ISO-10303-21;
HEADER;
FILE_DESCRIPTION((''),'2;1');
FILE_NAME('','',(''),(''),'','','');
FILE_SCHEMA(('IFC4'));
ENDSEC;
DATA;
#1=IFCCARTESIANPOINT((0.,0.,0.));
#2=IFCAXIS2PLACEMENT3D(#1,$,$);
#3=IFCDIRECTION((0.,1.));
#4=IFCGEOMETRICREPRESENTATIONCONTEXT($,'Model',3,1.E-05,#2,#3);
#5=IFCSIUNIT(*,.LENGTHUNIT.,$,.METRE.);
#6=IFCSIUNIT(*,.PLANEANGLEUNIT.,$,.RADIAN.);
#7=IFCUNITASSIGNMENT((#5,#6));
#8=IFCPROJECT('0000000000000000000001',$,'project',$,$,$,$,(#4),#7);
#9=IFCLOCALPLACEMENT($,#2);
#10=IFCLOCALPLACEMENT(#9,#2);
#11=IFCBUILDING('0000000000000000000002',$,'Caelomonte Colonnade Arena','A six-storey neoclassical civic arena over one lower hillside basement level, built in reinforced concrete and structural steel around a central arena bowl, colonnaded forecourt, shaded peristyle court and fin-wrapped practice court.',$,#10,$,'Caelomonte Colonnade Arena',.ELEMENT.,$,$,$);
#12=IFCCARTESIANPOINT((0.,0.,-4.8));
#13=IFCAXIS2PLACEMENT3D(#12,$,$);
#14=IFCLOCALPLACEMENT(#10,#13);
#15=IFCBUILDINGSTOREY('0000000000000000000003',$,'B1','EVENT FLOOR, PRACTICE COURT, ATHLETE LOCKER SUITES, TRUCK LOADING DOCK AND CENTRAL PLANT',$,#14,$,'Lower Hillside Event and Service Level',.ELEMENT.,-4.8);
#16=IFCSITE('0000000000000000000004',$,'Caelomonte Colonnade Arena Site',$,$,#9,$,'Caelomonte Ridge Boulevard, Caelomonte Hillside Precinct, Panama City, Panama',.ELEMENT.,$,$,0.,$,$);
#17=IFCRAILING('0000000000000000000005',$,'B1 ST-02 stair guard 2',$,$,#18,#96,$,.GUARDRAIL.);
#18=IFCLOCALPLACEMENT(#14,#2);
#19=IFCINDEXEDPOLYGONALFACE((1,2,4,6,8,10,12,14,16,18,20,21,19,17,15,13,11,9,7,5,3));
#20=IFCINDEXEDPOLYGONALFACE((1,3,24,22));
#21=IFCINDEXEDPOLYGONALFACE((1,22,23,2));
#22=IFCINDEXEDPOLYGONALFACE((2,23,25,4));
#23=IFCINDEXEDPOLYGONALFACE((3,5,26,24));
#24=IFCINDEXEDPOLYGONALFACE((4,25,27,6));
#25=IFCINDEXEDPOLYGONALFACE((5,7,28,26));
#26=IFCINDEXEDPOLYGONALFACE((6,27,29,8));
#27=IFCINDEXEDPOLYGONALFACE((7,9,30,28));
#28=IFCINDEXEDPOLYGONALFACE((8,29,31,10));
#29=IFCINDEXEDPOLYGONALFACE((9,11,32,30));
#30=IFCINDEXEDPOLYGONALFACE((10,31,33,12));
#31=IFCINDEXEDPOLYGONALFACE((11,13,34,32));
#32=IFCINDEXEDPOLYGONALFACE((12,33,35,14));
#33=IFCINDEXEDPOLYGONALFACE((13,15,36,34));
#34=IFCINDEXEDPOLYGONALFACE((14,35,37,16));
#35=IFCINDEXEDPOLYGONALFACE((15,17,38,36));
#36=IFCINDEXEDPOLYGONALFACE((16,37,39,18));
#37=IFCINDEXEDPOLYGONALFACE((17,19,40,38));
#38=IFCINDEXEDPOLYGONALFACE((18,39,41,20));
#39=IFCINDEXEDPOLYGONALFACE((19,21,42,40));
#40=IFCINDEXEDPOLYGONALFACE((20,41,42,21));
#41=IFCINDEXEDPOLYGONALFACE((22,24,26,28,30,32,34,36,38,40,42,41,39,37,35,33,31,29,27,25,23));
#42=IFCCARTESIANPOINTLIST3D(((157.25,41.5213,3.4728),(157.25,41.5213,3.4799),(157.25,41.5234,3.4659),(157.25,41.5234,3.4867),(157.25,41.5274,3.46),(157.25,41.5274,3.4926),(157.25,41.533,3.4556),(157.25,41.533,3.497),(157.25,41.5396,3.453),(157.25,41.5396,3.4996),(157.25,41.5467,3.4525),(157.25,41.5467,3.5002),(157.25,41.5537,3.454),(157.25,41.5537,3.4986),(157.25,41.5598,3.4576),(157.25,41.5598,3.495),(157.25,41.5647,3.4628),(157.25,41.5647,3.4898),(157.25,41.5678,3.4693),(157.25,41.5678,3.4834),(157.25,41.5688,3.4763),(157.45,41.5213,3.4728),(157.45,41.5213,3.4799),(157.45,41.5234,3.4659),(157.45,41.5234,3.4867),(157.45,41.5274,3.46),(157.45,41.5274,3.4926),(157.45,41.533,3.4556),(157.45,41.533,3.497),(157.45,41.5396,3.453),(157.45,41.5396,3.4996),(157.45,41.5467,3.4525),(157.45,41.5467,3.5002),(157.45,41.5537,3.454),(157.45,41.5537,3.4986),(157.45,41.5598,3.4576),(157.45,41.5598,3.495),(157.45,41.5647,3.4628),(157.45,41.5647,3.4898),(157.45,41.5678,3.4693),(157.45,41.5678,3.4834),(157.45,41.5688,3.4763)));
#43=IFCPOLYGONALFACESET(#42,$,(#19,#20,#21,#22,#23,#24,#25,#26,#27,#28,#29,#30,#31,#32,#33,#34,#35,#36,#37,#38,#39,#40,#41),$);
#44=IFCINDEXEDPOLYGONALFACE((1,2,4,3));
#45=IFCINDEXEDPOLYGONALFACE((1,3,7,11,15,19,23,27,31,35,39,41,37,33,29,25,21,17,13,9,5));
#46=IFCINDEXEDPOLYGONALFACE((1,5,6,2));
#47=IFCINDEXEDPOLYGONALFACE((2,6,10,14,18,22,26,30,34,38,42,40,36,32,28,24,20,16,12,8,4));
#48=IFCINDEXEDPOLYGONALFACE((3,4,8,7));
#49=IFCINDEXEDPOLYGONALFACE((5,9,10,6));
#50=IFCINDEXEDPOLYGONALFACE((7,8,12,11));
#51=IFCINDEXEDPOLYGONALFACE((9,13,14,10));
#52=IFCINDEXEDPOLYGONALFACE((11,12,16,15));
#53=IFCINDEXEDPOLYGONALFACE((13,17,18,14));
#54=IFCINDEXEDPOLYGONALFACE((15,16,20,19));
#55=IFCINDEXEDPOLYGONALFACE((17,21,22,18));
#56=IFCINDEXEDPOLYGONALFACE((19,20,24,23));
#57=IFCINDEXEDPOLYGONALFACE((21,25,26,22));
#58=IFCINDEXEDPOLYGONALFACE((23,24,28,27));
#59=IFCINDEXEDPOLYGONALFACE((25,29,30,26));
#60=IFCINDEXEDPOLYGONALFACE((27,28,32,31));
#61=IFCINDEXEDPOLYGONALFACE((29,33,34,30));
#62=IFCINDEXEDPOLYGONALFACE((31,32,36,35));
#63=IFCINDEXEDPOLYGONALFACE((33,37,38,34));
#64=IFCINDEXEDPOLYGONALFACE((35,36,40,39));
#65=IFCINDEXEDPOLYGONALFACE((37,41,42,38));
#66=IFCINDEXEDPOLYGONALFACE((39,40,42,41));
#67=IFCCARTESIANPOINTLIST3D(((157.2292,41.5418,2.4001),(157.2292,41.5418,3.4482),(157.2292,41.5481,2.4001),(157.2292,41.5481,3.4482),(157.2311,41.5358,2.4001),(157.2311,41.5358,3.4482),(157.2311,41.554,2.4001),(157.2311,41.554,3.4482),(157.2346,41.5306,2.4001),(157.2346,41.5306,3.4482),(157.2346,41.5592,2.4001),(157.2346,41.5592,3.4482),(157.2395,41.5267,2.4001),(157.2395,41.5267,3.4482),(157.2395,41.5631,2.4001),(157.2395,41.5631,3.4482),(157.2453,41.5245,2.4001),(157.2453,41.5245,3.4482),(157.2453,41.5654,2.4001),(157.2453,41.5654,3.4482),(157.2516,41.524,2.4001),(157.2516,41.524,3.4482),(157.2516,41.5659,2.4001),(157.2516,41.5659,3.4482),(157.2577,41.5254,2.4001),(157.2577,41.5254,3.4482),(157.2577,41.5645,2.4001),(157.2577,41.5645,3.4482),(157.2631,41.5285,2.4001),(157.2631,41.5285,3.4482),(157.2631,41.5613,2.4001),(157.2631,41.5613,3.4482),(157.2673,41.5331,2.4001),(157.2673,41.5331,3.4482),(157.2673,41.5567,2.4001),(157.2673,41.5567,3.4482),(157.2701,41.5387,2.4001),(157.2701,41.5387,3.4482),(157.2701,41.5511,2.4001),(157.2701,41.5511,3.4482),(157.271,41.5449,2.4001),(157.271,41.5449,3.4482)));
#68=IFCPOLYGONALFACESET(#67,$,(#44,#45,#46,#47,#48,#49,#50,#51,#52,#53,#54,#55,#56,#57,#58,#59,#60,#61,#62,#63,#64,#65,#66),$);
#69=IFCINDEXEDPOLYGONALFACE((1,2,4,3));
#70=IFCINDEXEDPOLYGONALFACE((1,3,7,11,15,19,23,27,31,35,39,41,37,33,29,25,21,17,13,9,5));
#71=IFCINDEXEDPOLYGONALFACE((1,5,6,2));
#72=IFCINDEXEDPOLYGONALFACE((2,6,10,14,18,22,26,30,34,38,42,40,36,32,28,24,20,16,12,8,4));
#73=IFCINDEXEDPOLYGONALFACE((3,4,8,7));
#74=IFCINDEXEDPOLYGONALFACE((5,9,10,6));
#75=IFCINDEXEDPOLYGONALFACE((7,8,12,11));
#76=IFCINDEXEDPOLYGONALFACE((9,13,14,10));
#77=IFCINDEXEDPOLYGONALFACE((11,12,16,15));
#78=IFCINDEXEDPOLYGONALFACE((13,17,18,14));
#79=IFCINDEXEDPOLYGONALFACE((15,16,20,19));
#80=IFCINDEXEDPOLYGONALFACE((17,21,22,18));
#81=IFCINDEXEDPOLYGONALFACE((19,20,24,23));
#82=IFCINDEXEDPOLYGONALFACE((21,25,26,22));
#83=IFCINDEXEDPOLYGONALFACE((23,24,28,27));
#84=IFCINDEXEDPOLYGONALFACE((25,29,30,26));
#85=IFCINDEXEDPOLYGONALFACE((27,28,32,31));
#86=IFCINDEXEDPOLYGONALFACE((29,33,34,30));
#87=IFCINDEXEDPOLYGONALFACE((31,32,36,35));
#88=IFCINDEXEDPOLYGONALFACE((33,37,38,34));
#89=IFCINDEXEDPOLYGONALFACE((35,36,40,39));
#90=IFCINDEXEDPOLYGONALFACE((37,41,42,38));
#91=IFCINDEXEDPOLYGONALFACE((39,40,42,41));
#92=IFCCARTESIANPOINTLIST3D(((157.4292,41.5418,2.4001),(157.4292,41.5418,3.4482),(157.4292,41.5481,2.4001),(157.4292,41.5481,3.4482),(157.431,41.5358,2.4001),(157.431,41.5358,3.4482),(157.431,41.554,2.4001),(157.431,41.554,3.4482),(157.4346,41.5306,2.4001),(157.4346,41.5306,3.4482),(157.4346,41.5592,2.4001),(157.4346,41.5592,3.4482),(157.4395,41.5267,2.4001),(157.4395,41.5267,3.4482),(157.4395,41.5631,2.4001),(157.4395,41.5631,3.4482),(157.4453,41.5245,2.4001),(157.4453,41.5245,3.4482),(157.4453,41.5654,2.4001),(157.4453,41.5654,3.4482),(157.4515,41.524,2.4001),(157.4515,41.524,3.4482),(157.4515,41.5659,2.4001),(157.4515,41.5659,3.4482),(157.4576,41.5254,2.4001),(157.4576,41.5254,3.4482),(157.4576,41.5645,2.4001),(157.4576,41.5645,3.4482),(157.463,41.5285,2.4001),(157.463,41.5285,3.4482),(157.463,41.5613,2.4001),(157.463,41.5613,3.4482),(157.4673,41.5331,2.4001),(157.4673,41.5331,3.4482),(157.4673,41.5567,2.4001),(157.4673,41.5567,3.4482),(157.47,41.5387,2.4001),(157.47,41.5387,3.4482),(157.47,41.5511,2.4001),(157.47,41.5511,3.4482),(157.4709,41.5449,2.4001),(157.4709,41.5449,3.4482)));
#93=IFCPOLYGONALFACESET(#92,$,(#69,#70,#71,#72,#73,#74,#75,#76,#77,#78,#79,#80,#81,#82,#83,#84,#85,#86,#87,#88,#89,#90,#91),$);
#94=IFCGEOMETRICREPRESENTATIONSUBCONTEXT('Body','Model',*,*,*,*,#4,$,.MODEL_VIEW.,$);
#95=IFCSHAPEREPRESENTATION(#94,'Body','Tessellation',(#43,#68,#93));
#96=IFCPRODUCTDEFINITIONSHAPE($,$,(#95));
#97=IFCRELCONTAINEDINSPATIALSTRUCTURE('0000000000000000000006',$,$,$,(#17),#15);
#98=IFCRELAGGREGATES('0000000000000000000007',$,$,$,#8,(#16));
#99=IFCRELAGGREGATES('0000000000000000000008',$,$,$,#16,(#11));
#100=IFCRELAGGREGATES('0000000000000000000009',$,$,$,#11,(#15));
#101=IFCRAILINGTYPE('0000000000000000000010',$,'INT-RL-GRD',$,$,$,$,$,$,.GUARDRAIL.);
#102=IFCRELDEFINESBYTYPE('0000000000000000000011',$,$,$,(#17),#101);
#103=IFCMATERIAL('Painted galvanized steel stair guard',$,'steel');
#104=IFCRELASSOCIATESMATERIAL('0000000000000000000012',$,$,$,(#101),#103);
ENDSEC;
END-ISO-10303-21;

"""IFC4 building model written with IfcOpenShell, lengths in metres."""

from ifc_helpers import new_model, si_unit, direction, frame, origin, origin_2d, place, context, subcontext, project, spatial, circle, extrude, material, type_object, element, save


model = new_model("IFC4")

# Units and contexts
model_context = context("Model", 3, precision=1e-05, world=origin(), true_north=direction((0.0, 1.0)))
body_context = subcontext(model_context, "Body", "Model", "MODEL_VIEW")
ifc_project = project(units=[si_unit("LENGTHUNIT", "METRE"), si_unit("PLANEANGLEUNIT", "RADIAN")], contexts=[model_context])

# Site, building, storey
site_placement = place(None, origin())
site = spatial("IfcSite", under=ifc_project, at=site_placement, Name="Caelomonte Colonnade Arena Site", LongName="Caelomonte Ridge Boulevard, Caelomonte Hillside Precinct, Panama City, Panama", CompositionType="ELEMENT", RefElevation=0.0)
building_placement = place(site_placement, origin())
building = spatial("IfcBuilding", under=site, at=building_placement, Name="Caelomonte Colonnade Arena", Description="A six-storey neoclassical civic arena over one lower hillside basement level, built in reinforced concrete and structural steel around a central arena bowl, colonnaded forecourt, shaded peristyle court and fin-wrapped practice court.", LongName="Caelomonte Colonnade Arena", CompositionType="ELEMENT")
storey_placement = place(building_placement, frame((0.0, 0.0, -4.8)))
storey = spatial("IfcBuildingStorey", under=building, at=storey_placement, Name="B1", Description="EVENT FLOOR, PRACTICE COURT, ATHLETE LOCKER SUITES, TRUCK LOADING DOCK AND CENTRAL PLANT", LongName="Lower Hillside Event and Service Level", CompositionType="ELEMENT", Elevation=-4.8)

# Railing
ifc_material_1 = material(Name="Painted galvanized steel stair guard", Category="steel")
railing_type_1 = type_object("IfcRailingType", Name="INT-RL-GRD", PredefinedType="GUARDRAIL", material=ifc_material_1)
railing_1_placement = place(storey_placement, frame((157.25, 41.5449, 2.4001)))
element("IfcRailing", 1, at=railing_1_placement, inside=storey, type_object=railing_type_1, Name="B1 ST-02 stair guard 2", PredefinedType="GUARDRAIL", context=body_context, shape_type="SweptSolid", body=[
    extrude(circle(Radius=0.0239, at=origin_2d()), frame((0.0, 0.0, 1.0762), z_axis=(1.0, 0.0, 0.0), x_axis=(0.0, 1.0, 0.0)), (0.0, 0.0, 1.0), 0.2),
    extrude(circle(Radius=0.021, at=origin_2d()), origin(), (0.0, 0.0, 1.0), 1.0481),
    extrude(circle(Radius=0.021, at=origin_2d()), frame((0.2, 0.0, 0.0)), (0.0, 0.0, 1.0), 1.0481),
])

save(model, "model.ifc")
